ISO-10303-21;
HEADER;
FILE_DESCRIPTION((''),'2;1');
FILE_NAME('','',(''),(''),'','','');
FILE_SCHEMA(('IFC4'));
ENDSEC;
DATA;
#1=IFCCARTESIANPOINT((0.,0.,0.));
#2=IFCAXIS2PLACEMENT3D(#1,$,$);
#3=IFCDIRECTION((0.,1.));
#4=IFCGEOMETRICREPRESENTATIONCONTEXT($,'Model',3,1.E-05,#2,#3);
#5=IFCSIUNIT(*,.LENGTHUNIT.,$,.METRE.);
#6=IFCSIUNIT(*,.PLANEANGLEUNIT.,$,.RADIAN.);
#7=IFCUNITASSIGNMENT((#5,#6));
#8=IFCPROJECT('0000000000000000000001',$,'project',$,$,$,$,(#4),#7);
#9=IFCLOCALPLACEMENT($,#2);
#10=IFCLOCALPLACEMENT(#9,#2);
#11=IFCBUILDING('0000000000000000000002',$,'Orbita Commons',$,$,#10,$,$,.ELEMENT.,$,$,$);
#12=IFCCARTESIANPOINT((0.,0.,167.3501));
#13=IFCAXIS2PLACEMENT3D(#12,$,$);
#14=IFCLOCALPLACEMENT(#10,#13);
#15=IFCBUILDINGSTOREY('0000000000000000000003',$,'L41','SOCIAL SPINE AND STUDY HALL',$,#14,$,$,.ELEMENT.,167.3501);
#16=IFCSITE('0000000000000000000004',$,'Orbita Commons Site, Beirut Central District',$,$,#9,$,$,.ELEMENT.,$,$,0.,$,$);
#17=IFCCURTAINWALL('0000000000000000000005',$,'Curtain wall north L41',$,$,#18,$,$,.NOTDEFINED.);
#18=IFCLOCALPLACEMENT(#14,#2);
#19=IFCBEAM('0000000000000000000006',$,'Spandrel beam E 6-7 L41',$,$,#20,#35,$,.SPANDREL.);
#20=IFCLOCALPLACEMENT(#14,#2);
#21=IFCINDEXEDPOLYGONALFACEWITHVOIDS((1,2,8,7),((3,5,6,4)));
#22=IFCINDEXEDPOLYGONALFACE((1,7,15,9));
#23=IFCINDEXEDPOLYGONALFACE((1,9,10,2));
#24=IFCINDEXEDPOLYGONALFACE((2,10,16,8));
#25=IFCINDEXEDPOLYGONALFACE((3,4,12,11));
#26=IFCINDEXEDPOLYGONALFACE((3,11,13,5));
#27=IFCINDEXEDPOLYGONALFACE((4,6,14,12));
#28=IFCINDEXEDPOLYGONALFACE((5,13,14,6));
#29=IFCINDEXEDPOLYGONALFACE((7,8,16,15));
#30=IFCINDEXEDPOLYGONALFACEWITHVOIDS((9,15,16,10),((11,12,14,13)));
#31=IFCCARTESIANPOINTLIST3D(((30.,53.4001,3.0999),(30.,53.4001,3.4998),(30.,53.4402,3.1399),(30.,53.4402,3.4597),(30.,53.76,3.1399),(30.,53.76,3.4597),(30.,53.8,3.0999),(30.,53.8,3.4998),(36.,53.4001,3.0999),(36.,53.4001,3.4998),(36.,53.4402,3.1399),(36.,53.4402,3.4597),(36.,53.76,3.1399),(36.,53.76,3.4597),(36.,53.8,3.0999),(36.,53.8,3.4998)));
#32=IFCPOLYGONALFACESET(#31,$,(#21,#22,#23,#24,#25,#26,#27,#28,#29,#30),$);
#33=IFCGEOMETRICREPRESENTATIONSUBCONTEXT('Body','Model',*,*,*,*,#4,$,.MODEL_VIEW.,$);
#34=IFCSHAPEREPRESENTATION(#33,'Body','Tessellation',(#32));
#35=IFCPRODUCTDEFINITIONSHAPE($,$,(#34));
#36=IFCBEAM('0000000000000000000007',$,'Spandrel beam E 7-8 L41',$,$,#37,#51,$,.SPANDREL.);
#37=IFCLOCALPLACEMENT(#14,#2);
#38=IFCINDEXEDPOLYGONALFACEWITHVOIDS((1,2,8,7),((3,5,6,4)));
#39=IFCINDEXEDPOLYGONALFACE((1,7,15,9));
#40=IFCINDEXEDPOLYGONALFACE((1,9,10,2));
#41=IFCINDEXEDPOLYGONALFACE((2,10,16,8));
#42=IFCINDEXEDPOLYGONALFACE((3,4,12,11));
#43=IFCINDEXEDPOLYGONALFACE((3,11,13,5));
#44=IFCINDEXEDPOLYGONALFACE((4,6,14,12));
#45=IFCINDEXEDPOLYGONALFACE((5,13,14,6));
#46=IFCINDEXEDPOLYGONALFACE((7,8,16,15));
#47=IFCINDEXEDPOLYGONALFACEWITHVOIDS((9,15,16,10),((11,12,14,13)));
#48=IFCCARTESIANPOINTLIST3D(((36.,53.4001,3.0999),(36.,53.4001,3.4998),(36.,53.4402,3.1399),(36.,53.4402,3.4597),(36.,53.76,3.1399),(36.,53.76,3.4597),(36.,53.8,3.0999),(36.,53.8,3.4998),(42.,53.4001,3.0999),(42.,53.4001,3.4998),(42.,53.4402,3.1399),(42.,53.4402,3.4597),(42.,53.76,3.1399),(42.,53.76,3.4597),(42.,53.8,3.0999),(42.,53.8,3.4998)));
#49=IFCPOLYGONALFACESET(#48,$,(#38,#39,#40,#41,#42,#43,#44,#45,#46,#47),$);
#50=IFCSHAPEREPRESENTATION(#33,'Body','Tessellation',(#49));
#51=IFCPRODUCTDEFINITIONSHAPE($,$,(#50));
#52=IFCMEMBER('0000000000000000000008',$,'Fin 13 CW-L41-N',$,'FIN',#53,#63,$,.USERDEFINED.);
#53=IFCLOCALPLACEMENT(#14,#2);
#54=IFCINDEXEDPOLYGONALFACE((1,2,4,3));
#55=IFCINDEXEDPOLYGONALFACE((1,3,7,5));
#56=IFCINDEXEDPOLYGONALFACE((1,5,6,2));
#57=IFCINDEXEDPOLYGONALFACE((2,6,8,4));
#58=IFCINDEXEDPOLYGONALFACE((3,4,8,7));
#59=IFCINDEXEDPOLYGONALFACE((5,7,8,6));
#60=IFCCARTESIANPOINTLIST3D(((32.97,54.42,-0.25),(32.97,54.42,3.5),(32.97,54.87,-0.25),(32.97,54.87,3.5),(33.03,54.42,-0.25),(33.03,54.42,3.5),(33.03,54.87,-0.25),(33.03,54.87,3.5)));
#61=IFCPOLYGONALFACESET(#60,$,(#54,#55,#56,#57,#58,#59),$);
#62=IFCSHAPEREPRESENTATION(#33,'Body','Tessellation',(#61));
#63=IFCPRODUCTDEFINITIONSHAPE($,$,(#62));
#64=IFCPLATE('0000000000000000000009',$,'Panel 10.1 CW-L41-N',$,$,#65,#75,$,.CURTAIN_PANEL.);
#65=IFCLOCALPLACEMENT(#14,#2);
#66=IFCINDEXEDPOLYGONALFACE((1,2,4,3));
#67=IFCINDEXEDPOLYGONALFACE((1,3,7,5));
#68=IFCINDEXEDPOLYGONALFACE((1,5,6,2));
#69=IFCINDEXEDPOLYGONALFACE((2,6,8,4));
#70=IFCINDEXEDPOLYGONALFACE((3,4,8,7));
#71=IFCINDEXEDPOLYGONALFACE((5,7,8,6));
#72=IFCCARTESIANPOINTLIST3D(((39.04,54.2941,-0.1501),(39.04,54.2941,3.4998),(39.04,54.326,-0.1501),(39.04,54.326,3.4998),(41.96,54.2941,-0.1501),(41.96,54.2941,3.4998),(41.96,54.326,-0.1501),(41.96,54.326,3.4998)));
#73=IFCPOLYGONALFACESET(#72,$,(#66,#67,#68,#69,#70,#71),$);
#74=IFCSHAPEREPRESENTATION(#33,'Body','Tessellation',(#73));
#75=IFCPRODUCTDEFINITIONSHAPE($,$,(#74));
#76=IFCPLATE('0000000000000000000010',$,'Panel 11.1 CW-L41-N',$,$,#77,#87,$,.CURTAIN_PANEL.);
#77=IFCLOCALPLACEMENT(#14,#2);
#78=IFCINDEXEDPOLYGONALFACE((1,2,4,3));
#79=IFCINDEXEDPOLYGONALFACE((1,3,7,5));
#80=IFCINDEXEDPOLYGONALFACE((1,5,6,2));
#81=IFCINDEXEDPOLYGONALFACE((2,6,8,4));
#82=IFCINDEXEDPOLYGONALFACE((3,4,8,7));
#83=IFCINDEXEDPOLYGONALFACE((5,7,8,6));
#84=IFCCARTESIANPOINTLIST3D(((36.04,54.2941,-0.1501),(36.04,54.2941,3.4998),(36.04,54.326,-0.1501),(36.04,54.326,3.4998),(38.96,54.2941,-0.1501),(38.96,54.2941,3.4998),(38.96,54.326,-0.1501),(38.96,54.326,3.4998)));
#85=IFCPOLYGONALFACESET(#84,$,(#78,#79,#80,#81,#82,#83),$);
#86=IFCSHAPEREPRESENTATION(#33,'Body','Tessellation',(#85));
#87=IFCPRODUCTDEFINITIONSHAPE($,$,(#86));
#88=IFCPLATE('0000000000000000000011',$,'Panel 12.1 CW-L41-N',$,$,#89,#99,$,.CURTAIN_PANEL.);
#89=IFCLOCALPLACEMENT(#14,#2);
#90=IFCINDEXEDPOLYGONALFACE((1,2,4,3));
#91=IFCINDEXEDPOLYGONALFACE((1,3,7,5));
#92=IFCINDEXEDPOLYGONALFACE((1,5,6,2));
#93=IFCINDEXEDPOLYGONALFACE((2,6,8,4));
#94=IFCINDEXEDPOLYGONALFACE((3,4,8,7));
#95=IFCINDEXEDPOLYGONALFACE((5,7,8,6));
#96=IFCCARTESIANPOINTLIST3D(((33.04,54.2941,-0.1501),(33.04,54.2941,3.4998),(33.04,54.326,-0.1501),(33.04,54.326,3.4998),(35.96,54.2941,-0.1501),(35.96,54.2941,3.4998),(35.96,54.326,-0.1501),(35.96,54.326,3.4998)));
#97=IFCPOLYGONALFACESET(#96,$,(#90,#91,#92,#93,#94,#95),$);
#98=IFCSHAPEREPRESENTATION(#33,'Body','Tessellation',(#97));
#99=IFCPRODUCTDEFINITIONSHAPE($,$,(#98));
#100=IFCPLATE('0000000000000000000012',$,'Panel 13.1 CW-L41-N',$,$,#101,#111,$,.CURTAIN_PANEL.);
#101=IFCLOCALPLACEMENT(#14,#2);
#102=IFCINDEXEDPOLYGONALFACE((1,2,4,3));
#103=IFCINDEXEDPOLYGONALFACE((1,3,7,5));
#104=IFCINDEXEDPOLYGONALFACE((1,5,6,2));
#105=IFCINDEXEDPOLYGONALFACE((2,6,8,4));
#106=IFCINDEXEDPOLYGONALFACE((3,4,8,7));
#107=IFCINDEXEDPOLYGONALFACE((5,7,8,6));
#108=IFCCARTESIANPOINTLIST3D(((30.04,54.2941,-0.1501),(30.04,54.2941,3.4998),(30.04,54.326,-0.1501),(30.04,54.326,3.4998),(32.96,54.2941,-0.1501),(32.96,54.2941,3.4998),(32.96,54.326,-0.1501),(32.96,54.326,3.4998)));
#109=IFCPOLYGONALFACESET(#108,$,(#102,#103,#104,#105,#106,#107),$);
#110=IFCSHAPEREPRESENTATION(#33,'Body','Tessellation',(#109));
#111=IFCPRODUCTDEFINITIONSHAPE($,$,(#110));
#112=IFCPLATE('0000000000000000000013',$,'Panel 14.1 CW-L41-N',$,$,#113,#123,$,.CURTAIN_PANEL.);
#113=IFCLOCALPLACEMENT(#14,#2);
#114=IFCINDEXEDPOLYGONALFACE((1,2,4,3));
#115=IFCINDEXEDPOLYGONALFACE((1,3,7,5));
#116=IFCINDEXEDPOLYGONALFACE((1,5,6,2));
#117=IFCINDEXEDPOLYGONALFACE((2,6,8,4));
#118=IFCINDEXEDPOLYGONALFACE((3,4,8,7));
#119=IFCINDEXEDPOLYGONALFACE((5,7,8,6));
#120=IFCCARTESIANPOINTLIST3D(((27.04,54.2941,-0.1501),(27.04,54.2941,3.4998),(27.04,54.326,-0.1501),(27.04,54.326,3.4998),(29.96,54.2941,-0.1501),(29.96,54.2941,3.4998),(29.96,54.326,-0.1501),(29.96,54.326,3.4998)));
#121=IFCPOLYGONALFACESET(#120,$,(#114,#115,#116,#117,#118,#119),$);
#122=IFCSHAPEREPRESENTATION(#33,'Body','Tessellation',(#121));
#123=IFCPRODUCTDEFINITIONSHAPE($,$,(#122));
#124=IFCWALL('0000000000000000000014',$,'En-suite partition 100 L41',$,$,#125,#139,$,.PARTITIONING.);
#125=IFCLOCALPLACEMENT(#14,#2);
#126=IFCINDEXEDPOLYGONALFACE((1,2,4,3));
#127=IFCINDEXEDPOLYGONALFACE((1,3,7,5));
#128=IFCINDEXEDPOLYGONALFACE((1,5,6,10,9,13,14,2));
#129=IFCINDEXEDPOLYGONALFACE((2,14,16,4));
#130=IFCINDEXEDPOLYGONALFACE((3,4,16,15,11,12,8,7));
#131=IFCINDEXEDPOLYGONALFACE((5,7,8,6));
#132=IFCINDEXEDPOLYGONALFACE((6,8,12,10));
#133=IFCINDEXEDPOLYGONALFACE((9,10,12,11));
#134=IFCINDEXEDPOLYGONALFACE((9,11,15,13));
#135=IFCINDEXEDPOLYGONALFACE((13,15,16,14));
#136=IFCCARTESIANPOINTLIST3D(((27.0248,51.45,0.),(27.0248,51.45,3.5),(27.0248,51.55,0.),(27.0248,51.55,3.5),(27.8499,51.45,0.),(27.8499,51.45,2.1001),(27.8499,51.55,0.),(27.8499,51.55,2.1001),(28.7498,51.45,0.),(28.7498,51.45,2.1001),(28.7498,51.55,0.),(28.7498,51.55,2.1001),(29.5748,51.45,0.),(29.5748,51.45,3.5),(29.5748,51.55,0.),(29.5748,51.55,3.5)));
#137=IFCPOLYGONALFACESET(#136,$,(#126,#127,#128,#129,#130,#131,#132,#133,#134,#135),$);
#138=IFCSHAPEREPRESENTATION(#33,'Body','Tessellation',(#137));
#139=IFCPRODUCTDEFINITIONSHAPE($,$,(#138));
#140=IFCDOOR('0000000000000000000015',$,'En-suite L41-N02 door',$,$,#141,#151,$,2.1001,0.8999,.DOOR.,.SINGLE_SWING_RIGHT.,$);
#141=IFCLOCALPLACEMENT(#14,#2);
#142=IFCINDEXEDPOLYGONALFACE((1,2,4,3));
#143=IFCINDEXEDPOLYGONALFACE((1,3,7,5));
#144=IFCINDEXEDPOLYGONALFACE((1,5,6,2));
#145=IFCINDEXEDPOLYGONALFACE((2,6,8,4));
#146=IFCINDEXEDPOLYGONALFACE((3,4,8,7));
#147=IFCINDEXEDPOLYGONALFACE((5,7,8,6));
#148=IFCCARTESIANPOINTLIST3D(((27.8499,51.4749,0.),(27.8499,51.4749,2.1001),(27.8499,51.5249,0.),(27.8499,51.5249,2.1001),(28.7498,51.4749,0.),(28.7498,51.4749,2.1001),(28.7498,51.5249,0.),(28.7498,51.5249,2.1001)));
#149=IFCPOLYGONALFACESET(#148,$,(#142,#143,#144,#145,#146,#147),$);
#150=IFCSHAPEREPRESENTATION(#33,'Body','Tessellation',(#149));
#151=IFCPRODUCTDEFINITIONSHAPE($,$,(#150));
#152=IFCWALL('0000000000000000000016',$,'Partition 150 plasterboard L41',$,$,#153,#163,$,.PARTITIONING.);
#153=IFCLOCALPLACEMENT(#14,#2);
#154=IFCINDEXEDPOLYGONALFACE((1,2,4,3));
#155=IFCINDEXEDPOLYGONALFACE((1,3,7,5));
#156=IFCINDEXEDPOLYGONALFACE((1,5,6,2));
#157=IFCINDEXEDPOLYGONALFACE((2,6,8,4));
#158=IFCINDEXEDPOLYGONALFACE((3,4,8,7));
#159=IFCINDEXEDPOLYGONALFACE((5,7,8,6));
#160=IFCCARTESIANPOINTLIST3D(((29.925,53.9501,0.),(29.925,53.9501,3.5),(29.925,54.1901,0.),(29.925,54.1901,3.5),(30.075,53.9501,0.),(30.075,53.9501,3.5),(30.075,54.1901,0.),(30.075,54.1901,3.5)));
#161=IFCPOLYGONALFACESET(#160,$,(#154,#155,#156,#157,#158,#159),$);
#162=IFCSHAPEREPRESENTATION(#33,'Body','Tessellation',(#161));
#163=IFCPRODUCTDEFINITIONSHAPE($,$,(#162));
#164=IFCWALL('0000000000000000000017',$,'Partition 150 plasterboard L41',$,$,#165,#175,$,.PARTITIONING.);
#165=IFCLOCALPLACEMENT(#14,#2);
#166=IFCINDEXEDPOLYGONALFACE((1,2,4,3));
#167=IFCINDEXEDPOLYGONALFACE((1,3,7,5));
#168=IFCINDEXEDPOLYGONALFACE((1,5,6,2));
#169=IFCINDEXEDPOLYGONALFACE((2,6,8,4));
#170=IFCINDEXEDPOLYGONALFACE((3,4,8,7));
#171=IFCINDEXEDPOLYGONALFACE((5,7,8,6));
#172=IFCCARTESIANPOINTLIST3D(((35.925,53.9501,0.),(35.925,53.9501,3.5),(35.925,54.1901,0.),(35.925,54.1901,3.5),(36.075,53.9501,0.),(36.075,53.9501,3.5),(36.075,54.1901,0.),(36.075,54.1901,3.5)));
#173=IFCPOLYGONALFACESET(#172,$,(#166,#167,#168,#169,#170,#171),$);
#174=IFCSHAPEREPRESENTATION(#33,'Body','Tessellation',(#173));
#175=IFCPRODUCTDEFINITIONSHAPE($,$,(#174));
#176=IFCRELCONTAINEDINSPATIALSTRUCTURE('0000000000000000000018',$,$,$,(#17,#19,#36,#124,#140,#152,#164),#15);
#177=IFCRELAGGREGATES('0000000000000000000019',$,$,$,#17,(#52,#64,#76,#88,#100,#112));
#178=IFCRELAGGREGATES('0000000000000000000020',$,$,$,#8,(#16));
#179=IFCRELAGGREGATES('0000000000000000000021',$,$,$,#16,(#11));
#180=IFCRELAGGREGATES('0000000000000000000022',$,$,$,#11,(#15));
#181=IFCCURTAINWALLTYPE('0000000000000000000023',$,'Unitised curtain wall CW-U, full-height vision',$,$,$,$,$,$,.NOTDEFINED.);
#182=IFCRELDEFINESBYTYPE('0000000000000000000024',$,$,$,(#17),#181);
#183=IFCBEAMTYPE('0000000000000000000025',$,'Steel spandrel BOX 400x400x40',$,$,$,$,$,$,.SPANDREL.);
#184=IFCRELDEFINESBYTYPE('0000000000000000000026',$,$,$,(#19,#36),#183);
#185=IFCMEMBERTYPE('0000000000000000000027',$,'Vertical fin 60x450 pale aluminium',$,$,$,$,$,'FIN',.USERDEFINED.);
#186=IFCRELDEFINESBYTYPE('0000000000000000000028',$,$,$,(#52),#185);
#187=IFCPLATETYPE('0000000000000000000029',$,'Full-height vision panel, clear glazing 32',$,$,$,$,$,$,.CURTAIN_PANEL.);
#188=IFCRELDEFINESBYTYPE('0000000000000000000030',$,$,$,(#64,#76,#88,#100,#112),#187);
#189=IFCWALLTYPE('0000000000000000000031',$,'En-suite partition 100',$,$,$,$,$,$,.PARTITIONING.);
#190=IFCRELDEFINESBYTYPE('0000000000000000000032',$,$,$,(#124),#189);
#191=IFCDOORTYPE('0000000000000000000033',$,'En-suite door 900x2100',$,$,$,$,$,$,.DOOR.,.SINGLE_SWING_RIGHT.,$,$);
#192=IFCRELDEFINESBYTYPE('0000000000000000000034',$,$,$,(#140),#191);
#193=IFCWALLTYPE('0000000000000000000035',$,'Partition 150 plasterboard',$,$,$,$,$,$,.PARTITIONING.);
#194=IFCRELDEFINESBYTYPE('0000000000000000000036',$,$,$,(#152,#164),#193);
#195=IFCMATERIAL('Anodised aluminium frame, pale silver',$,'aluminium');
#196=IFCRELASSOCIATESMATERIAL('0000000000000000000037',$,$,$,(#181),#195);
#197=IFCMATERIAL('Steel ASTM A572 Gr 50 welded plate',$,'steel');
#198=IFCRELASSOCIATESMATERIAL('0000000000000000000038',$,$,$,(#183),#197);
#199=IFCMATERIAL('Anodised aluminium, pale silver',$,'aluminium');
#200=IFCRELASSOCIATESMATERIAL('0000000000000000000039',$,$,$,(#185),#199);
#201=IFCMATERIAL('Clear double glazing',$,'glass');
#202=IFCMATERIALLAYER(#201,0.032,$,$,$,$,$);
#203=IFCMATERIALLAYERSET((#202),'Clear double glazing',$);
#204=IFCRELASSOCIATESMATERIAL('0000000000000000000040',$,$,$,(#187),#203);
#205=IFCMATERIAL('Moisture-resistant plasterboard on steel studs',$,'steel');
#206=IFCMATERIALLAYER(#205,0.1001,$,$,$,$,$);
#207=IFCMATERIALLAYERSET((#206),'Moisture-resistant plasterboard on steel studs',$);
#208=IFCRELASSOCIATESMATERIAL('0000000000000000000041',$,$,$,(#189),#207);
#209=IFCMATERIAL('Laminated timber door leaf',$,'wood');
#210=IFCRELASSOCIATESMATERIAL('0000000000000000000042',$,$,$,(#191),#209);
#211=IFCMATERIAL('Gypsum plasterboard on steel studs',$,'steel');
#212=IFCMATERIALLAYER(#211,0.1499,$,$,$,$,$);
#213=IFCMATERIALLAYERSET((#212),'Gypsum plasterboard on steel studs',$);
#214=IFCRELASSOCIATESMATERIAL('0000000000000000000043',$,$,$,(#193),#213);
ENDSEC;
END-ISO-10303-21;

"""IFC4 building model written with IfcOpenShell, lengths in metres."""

from ifc_helpers import new_model, si_unit, direction, frame, frame_2d, origin, origin_2d, place, context, subcontext, project, spatial, rectangle, hollow_rectangle, extrude, material, layer, layer_set, material_profile, profile_set, type_object, element, fill, aggregate, save


model = new_model("IFC4")

# Units and contexts
model_context = context("Model", 3, precision=1e-05, world=origin(), true_north=direction((0.0, 1.0)))
body_context = subcontext(model_context, "Body", "Model", "MODEL_VIEW")
ifc_project = project(units=[si_unit("LENGTHUNIT", "METRE"), si_unit("PLANEANGLEUNIT", "RADIAN")], contexts=[model_context])

# Site, building, storey
site_placement = place(None, origin())
site = spatial("IfcSite", under=ifc_project, at=site_placement, Name="Orbita Commons Site, Beirut Central District", CompositionType="ELEMENT", RefElevation=0.0)
building_placement = place(site_placement, origin())
building = spatial("IfcBuilding", under=site, at=building_placement, Name="Orbita Commons", CompositionType="ELEMENT")
storey_placement = place(building_placement, frame((0.0, 0.0, 167.3501)))
storey = spatial("IfcBuildingStorey", under=building, at=storey_placement, Name="L41", Description="SOCIAL SPINE AND STUDY HALL", CompositionType="ELEMENT", Elevation=167.3501)

# Curtain wall
ifc_material_1 = material(Name="Anodised aluminium frame, pale silver", Category="aluminium")
curtain_wall_type = type_object("IfcCurtainWallType", Name="Unitised curtain wall CW-U, full-height vision", PredefinedType="NOTDEFINED", material=ifc_material_1)
curtain_wall_placement = place(storey_placement, origin())
curtain_wall = element("IfcCurtainWall", 1, at=curtain_wall_placement, inside=storey, type_object=curtain_wall_type, Name="Curtain wall north L41", PredefinedType="NOTDEFINED")

# Beams
ifc_material_2 = material(Name="Steel ASTM A572 Gr 50 welded plate", Category="steel")
ifc_material_profile_1 = material_profile(ifc_material_2, hollow_rectangle(XDim=0.3999, YDim=0.3999, WallThickness=0.04, at=origin_2d()), Name="BOX 400x400x40")
ifc_profile_set_1 = profile_set([ifc_material_profile_1], Name="Steel ASTM A572 Gr 50 welded plate")
beam_type = type_object("IfcBeamType", Name="Steel spandrel BOX 400x400x40", PredefinedType="SPANDREL", material=ifc_profile_set_1)
for number, where, z_axis, x_axis, name in (
    (2, (30.0, 53.6001, 3.2998), (1.0, 0.0, 0.0), (0.0, 1.0, 0.0), "Spandrel beam E 6-7 L41"),
    (3, (36.0, 53.6001, 3.2998), (1.0, 0.0, 0.0), (0.0, 1.0, 0.0), "Spandrel beam E 7-8 L41"),
):
    element("IfcBeam", number, at=place(storey_placement, frame(where, z_axis=z_axis, x_axis=x_axis)), inside=storey, type_object=beam_type, Name=name, PredefinedType="SPANDREL", context=body_context, shape_type="SweptSolid", body=[
        extrude(hollow_rectangle(XDim=0.3999, YDim=0.3999, WallThickness=0.04, at=origin_2d()), origin(), (0.0, 0.0, 1.0), 6.0),
    ])

# Member
ifc_material_3 = material(Name="Anodised aluminium, pale silver", Category="aluminium")
ifc_material_profile_2 = material_profile(ifc_material_3, rectangle(XDim=0.0601, YDim=0.45, at=origin_2d()), Name="FIN 60x450")
ifc_profile_set_2 = profile_set([ifc_material_profile_2], Name="Anodised aluminium, pale silver")
member_type_1 = type_object("IfcMemberType", Name="Vertical fin 60x450 pale aluminium", ElementType="FIN", PredefinedType="USERDEFINED", material=ifc_profile_set_2)
member_1_placement = place(storey_placement, frame((33.0, 54.645, -0.25), z_axis=(0.0, 0.0, 1.0), x_axis=(-1.0, 0.0, 0.0)))
member_1 = element("IfcMember", 4, at=member_1_placement, type_object=member_type_1, Name="Fin 13 CW-L41-N", ObjectType="FIN", PredefinedType="USERDEFINED", context=body_context, shape_type="SweptSolid", body=[
    extrude(rectangle(XDim=0.0601, YDim=0.45, at=origin_2d()), origin(), (0.0, 0.0, 1.0), 3.75),
])

# Plates
ifc_material_4 = material(Name="Clear double glazing", Category="glass")
ifc_layer_1 = layer(ifc_material_4, 0.032)
ifc_layer_set_1 = layer_set([ifc_layer_1], Name="Clear double glazing")
plate_type = type_object("IfcPlateType", Name="Full-height vision panel, clear glazing 32", PredefinedType="CURTAIN_PANEL", material=ifc_layer_set_1)
plate_1_placement = place(storey_placement, frame((40.5, 54.3101, -0.1501), z_axis=(0.0, 0.0, 1.0), x_axis=(-1.0, 0.0, 0.0)))
plate_1 = element("IfcPlate", 5, at=plate_1_placement, type_object=plate_type, Name="Panel 10.1 CW-L41-N", PredefinedType="CURTAIN_PANEL", context=body_context, shape_type="SweptSolid", body=[
    extrude(rectangle(XDim=2.9199, YDim=0.032, at=origin_2d()), origin(), (0.0, 0.0, 1.0), 3.6499),
])
plate_2_placement = place(storey_placement, frame((37.5, 54.3101, -0.1501), z_axis=(0.0, 0.0, 1.0), x_axis=(-1.0, 0.0, 0.0)))
plate_2 = element("IfcPlate", 6, at=plate_2_placement, type_object=plate_type, Name="Panel 11.1 CW-L41-N", PredefinedType="CURTAIN_PANEL", context=body_context, shape_type="SweptSolid", body=[
    extrude(rectangle(XDim=2.9199, YDim=0.032, at=origin_2d()), origin(), (0.0, 0.0, 1.0), 3.6499),
])
plate_3_placement = place(storey_placement, frame((34.5, 54.3101, -0.1501), z_axis=(0.0, 0.0, 1.0), x_axis=(-1.0, 0.0, 0.0)))
plate_3 = element("IfcPlate", 7, at=plate_3_placement, type_object=plate_type, Name="Panel 12.1 CW-L41-N", PredefinedType="CURTAIN_PANEL", context=body_context, shape_type="SweptSolid", body=[
    extrude(rectangle(XDim=2.9199, YDim=0.032, at=origin_2d()), origin(), (0.0, 0.0, 1.0), 3.6499),
])
plate_4_placement = place(storey_placement, frame((31.5, 54.3101, -0.1501), z_axis=(0.0, 0.0, 1.0), x_axis=(-1.0, 0.0, 0.0)))
plate_4 = element("IfcPlate", 8, at=plate_4_placement, type_object=plate_type, Name="Panel 13.1 CW-L41-N", PredefinedType="CURTAIN_PANEL", context=body_context, shape_type="SweptSolid", body=[
    extrude(rectangle(XDim=2.9199, YDim=0.032, at=origin_2d()), origin(), (0.0, 0.0, 1.0), 3.6499),
])
plate_5_placement = place(storey_placement, frame((28.5, 54.3101, -0.1501), z_axis=(0.0, 0.0, 1.0), x_axis=(-1.0, 0.0, 0.0)))
plate_5 = element("IfcPlate", 9, at=plate_5_placement, type_object=plate_type, Name="Panel 14.1 CW-L41-N", PredefinedType="CURTAIN_PANEL", context=body_context, shape_type="SweptSolid", body=[
    extrude(rectangle(XDim=2.9199, YDim=0.032, at=origin_2d()), origin(), (0.0, 0.0, 1.0), 3.6499),
])
aggregate(curtain_wall, [member_1, plate_1, plate_2, plate_3, plate_4, plate_5])

# Wall, opening, door
ifc_material_5 = material(Name="Moisture-resistant plasterboard on steel studs", Category="steel")
ifc_layer_2 = layer(ifc_material_5, 0.1001)
ifc_layer_set_2 = layer_set([ifc_layer_2], Name="Moisture-resistant plasterboard on steel studs")
wall_type_1 = type_object("IfcWallType", Name="En-suite partition 100", PredefinedType="PARTITIONING", material=ifc_layer_set_2)
wall_placement = place(storey_placement, frame((27.0249, 51.5, 0.0), z_axis=(0.0, 0.0, 1.0), x_axis=(1.0, 0.0, 0.0)))
wall = element("IfcWall", 10, at=wall_placement, inside=storey, type_object=wall_type_1, Name="En-suite partition 100 L41", PredefinedType="PARTITIONING", context=body_context, shape_type="SweptSolid", body=[
    extrude(rectangle(XDim=2.55, YDim=0.1001, at=frame_2d((1.2749, 0.0))), origin(), (0.0, 0.0, 1.0), 3.5),
])
opening_placement = place(wall_placement, frame((0.825, 0.0, 0.0)))
opening = element("IfcOpeningElement", 11, at=opening_placement, cuts=wall, PredefinedType="OPENING", context=body_context, shape_type="SweptSolid", body=[
    extrude(rectangle(XDim=0.8999, YDim=2.1001, at=frame_2d((0.45, 1.05))), frame((0.0, 0.0601, 0.0), z_axis=(0.0, -1.0, 0.0), x_axis=(1.0, 0.0, 0.0)), (0.0, 0.0, 1.0), 0.1201),
])
ifc_material_6 = material(Name="Laminated timber door leaf", Category="wood")
door_type = type_object("IfcDoorType", Name="En-suite door 900x2100", OperationType="SINGLE_SWING_RIGHT", PredefinedType="DOOR", material=ifc_material_6)
door_placement = place(opening_placement, origin())
door = element("IfcDoor", 12, at=door_placement, inside=storey, type_object=door_type, Name="En-suite L41-N02 door", OperationType="SINGLE_SWING_RIGHT", OverallHeight=2.1001, OverallWidth=0.8999, PredefinedType="DOOR", context=body_context, shape_type="SweptSolid", body=[
    extrude(rectangle(XDim=0.8999, YDim=2.1001, at=frame_2d((0.45, 1.05))), frame((0.0, 0.0249, 0.0), z_axis=(0.0, -1.0, 0.0), x_axis=(1.0, 0.0, 0.0)), (0.0, 0.0, 1.0), 0.05),
])
fill(opening, door)

# Walls
ifc_material_7 = material(Name="Gypsum plasterboard on steel studs", Category="steel")
ifc_layer_3 = layer(ifc_material_7, 0.1499)
ifc_layer_set_3 = layer_set([ifc_layer_3], Name="Gypsum plasterboard on steel studs")
wall_type_2 = type_object("IfcWallType", Name="Partition 150 plasterboard", PredefinedType="PARTITIONING", material=ifc_layer_set_3)
for number, where, z_axis, x_axis, name in (
    (13, (30.0, 53.95, 0.0), (0.0, 0.0, 1.0), (0.0, 1.0, 0.0), "Partition 150 plasterboard L41"),
    (14, (36.0, 53.95, 0.0), (0.0, 0.0, 1.0), (0.0, 1.0, 0.0), "Partition 150 plasterboard L41"),
):
    element("IfcWall", number, at=place(storey_placement, frame(where, z_axis=z_axis, x_axis=x_axis)), inside=storey, type_object=wall_type_2, Name=name, PredefinedType="PARTITIONING", context=body_context, shape_type="SweptSolid", body=[
        extrude(rectangle(XDim=0.24, YDim=0.1499, at=frame_2d((0.1201, 0.0))), origin(), (0.0, 0.0, 1.0), 3.5),
    ])

save(model, "model.ifc")
